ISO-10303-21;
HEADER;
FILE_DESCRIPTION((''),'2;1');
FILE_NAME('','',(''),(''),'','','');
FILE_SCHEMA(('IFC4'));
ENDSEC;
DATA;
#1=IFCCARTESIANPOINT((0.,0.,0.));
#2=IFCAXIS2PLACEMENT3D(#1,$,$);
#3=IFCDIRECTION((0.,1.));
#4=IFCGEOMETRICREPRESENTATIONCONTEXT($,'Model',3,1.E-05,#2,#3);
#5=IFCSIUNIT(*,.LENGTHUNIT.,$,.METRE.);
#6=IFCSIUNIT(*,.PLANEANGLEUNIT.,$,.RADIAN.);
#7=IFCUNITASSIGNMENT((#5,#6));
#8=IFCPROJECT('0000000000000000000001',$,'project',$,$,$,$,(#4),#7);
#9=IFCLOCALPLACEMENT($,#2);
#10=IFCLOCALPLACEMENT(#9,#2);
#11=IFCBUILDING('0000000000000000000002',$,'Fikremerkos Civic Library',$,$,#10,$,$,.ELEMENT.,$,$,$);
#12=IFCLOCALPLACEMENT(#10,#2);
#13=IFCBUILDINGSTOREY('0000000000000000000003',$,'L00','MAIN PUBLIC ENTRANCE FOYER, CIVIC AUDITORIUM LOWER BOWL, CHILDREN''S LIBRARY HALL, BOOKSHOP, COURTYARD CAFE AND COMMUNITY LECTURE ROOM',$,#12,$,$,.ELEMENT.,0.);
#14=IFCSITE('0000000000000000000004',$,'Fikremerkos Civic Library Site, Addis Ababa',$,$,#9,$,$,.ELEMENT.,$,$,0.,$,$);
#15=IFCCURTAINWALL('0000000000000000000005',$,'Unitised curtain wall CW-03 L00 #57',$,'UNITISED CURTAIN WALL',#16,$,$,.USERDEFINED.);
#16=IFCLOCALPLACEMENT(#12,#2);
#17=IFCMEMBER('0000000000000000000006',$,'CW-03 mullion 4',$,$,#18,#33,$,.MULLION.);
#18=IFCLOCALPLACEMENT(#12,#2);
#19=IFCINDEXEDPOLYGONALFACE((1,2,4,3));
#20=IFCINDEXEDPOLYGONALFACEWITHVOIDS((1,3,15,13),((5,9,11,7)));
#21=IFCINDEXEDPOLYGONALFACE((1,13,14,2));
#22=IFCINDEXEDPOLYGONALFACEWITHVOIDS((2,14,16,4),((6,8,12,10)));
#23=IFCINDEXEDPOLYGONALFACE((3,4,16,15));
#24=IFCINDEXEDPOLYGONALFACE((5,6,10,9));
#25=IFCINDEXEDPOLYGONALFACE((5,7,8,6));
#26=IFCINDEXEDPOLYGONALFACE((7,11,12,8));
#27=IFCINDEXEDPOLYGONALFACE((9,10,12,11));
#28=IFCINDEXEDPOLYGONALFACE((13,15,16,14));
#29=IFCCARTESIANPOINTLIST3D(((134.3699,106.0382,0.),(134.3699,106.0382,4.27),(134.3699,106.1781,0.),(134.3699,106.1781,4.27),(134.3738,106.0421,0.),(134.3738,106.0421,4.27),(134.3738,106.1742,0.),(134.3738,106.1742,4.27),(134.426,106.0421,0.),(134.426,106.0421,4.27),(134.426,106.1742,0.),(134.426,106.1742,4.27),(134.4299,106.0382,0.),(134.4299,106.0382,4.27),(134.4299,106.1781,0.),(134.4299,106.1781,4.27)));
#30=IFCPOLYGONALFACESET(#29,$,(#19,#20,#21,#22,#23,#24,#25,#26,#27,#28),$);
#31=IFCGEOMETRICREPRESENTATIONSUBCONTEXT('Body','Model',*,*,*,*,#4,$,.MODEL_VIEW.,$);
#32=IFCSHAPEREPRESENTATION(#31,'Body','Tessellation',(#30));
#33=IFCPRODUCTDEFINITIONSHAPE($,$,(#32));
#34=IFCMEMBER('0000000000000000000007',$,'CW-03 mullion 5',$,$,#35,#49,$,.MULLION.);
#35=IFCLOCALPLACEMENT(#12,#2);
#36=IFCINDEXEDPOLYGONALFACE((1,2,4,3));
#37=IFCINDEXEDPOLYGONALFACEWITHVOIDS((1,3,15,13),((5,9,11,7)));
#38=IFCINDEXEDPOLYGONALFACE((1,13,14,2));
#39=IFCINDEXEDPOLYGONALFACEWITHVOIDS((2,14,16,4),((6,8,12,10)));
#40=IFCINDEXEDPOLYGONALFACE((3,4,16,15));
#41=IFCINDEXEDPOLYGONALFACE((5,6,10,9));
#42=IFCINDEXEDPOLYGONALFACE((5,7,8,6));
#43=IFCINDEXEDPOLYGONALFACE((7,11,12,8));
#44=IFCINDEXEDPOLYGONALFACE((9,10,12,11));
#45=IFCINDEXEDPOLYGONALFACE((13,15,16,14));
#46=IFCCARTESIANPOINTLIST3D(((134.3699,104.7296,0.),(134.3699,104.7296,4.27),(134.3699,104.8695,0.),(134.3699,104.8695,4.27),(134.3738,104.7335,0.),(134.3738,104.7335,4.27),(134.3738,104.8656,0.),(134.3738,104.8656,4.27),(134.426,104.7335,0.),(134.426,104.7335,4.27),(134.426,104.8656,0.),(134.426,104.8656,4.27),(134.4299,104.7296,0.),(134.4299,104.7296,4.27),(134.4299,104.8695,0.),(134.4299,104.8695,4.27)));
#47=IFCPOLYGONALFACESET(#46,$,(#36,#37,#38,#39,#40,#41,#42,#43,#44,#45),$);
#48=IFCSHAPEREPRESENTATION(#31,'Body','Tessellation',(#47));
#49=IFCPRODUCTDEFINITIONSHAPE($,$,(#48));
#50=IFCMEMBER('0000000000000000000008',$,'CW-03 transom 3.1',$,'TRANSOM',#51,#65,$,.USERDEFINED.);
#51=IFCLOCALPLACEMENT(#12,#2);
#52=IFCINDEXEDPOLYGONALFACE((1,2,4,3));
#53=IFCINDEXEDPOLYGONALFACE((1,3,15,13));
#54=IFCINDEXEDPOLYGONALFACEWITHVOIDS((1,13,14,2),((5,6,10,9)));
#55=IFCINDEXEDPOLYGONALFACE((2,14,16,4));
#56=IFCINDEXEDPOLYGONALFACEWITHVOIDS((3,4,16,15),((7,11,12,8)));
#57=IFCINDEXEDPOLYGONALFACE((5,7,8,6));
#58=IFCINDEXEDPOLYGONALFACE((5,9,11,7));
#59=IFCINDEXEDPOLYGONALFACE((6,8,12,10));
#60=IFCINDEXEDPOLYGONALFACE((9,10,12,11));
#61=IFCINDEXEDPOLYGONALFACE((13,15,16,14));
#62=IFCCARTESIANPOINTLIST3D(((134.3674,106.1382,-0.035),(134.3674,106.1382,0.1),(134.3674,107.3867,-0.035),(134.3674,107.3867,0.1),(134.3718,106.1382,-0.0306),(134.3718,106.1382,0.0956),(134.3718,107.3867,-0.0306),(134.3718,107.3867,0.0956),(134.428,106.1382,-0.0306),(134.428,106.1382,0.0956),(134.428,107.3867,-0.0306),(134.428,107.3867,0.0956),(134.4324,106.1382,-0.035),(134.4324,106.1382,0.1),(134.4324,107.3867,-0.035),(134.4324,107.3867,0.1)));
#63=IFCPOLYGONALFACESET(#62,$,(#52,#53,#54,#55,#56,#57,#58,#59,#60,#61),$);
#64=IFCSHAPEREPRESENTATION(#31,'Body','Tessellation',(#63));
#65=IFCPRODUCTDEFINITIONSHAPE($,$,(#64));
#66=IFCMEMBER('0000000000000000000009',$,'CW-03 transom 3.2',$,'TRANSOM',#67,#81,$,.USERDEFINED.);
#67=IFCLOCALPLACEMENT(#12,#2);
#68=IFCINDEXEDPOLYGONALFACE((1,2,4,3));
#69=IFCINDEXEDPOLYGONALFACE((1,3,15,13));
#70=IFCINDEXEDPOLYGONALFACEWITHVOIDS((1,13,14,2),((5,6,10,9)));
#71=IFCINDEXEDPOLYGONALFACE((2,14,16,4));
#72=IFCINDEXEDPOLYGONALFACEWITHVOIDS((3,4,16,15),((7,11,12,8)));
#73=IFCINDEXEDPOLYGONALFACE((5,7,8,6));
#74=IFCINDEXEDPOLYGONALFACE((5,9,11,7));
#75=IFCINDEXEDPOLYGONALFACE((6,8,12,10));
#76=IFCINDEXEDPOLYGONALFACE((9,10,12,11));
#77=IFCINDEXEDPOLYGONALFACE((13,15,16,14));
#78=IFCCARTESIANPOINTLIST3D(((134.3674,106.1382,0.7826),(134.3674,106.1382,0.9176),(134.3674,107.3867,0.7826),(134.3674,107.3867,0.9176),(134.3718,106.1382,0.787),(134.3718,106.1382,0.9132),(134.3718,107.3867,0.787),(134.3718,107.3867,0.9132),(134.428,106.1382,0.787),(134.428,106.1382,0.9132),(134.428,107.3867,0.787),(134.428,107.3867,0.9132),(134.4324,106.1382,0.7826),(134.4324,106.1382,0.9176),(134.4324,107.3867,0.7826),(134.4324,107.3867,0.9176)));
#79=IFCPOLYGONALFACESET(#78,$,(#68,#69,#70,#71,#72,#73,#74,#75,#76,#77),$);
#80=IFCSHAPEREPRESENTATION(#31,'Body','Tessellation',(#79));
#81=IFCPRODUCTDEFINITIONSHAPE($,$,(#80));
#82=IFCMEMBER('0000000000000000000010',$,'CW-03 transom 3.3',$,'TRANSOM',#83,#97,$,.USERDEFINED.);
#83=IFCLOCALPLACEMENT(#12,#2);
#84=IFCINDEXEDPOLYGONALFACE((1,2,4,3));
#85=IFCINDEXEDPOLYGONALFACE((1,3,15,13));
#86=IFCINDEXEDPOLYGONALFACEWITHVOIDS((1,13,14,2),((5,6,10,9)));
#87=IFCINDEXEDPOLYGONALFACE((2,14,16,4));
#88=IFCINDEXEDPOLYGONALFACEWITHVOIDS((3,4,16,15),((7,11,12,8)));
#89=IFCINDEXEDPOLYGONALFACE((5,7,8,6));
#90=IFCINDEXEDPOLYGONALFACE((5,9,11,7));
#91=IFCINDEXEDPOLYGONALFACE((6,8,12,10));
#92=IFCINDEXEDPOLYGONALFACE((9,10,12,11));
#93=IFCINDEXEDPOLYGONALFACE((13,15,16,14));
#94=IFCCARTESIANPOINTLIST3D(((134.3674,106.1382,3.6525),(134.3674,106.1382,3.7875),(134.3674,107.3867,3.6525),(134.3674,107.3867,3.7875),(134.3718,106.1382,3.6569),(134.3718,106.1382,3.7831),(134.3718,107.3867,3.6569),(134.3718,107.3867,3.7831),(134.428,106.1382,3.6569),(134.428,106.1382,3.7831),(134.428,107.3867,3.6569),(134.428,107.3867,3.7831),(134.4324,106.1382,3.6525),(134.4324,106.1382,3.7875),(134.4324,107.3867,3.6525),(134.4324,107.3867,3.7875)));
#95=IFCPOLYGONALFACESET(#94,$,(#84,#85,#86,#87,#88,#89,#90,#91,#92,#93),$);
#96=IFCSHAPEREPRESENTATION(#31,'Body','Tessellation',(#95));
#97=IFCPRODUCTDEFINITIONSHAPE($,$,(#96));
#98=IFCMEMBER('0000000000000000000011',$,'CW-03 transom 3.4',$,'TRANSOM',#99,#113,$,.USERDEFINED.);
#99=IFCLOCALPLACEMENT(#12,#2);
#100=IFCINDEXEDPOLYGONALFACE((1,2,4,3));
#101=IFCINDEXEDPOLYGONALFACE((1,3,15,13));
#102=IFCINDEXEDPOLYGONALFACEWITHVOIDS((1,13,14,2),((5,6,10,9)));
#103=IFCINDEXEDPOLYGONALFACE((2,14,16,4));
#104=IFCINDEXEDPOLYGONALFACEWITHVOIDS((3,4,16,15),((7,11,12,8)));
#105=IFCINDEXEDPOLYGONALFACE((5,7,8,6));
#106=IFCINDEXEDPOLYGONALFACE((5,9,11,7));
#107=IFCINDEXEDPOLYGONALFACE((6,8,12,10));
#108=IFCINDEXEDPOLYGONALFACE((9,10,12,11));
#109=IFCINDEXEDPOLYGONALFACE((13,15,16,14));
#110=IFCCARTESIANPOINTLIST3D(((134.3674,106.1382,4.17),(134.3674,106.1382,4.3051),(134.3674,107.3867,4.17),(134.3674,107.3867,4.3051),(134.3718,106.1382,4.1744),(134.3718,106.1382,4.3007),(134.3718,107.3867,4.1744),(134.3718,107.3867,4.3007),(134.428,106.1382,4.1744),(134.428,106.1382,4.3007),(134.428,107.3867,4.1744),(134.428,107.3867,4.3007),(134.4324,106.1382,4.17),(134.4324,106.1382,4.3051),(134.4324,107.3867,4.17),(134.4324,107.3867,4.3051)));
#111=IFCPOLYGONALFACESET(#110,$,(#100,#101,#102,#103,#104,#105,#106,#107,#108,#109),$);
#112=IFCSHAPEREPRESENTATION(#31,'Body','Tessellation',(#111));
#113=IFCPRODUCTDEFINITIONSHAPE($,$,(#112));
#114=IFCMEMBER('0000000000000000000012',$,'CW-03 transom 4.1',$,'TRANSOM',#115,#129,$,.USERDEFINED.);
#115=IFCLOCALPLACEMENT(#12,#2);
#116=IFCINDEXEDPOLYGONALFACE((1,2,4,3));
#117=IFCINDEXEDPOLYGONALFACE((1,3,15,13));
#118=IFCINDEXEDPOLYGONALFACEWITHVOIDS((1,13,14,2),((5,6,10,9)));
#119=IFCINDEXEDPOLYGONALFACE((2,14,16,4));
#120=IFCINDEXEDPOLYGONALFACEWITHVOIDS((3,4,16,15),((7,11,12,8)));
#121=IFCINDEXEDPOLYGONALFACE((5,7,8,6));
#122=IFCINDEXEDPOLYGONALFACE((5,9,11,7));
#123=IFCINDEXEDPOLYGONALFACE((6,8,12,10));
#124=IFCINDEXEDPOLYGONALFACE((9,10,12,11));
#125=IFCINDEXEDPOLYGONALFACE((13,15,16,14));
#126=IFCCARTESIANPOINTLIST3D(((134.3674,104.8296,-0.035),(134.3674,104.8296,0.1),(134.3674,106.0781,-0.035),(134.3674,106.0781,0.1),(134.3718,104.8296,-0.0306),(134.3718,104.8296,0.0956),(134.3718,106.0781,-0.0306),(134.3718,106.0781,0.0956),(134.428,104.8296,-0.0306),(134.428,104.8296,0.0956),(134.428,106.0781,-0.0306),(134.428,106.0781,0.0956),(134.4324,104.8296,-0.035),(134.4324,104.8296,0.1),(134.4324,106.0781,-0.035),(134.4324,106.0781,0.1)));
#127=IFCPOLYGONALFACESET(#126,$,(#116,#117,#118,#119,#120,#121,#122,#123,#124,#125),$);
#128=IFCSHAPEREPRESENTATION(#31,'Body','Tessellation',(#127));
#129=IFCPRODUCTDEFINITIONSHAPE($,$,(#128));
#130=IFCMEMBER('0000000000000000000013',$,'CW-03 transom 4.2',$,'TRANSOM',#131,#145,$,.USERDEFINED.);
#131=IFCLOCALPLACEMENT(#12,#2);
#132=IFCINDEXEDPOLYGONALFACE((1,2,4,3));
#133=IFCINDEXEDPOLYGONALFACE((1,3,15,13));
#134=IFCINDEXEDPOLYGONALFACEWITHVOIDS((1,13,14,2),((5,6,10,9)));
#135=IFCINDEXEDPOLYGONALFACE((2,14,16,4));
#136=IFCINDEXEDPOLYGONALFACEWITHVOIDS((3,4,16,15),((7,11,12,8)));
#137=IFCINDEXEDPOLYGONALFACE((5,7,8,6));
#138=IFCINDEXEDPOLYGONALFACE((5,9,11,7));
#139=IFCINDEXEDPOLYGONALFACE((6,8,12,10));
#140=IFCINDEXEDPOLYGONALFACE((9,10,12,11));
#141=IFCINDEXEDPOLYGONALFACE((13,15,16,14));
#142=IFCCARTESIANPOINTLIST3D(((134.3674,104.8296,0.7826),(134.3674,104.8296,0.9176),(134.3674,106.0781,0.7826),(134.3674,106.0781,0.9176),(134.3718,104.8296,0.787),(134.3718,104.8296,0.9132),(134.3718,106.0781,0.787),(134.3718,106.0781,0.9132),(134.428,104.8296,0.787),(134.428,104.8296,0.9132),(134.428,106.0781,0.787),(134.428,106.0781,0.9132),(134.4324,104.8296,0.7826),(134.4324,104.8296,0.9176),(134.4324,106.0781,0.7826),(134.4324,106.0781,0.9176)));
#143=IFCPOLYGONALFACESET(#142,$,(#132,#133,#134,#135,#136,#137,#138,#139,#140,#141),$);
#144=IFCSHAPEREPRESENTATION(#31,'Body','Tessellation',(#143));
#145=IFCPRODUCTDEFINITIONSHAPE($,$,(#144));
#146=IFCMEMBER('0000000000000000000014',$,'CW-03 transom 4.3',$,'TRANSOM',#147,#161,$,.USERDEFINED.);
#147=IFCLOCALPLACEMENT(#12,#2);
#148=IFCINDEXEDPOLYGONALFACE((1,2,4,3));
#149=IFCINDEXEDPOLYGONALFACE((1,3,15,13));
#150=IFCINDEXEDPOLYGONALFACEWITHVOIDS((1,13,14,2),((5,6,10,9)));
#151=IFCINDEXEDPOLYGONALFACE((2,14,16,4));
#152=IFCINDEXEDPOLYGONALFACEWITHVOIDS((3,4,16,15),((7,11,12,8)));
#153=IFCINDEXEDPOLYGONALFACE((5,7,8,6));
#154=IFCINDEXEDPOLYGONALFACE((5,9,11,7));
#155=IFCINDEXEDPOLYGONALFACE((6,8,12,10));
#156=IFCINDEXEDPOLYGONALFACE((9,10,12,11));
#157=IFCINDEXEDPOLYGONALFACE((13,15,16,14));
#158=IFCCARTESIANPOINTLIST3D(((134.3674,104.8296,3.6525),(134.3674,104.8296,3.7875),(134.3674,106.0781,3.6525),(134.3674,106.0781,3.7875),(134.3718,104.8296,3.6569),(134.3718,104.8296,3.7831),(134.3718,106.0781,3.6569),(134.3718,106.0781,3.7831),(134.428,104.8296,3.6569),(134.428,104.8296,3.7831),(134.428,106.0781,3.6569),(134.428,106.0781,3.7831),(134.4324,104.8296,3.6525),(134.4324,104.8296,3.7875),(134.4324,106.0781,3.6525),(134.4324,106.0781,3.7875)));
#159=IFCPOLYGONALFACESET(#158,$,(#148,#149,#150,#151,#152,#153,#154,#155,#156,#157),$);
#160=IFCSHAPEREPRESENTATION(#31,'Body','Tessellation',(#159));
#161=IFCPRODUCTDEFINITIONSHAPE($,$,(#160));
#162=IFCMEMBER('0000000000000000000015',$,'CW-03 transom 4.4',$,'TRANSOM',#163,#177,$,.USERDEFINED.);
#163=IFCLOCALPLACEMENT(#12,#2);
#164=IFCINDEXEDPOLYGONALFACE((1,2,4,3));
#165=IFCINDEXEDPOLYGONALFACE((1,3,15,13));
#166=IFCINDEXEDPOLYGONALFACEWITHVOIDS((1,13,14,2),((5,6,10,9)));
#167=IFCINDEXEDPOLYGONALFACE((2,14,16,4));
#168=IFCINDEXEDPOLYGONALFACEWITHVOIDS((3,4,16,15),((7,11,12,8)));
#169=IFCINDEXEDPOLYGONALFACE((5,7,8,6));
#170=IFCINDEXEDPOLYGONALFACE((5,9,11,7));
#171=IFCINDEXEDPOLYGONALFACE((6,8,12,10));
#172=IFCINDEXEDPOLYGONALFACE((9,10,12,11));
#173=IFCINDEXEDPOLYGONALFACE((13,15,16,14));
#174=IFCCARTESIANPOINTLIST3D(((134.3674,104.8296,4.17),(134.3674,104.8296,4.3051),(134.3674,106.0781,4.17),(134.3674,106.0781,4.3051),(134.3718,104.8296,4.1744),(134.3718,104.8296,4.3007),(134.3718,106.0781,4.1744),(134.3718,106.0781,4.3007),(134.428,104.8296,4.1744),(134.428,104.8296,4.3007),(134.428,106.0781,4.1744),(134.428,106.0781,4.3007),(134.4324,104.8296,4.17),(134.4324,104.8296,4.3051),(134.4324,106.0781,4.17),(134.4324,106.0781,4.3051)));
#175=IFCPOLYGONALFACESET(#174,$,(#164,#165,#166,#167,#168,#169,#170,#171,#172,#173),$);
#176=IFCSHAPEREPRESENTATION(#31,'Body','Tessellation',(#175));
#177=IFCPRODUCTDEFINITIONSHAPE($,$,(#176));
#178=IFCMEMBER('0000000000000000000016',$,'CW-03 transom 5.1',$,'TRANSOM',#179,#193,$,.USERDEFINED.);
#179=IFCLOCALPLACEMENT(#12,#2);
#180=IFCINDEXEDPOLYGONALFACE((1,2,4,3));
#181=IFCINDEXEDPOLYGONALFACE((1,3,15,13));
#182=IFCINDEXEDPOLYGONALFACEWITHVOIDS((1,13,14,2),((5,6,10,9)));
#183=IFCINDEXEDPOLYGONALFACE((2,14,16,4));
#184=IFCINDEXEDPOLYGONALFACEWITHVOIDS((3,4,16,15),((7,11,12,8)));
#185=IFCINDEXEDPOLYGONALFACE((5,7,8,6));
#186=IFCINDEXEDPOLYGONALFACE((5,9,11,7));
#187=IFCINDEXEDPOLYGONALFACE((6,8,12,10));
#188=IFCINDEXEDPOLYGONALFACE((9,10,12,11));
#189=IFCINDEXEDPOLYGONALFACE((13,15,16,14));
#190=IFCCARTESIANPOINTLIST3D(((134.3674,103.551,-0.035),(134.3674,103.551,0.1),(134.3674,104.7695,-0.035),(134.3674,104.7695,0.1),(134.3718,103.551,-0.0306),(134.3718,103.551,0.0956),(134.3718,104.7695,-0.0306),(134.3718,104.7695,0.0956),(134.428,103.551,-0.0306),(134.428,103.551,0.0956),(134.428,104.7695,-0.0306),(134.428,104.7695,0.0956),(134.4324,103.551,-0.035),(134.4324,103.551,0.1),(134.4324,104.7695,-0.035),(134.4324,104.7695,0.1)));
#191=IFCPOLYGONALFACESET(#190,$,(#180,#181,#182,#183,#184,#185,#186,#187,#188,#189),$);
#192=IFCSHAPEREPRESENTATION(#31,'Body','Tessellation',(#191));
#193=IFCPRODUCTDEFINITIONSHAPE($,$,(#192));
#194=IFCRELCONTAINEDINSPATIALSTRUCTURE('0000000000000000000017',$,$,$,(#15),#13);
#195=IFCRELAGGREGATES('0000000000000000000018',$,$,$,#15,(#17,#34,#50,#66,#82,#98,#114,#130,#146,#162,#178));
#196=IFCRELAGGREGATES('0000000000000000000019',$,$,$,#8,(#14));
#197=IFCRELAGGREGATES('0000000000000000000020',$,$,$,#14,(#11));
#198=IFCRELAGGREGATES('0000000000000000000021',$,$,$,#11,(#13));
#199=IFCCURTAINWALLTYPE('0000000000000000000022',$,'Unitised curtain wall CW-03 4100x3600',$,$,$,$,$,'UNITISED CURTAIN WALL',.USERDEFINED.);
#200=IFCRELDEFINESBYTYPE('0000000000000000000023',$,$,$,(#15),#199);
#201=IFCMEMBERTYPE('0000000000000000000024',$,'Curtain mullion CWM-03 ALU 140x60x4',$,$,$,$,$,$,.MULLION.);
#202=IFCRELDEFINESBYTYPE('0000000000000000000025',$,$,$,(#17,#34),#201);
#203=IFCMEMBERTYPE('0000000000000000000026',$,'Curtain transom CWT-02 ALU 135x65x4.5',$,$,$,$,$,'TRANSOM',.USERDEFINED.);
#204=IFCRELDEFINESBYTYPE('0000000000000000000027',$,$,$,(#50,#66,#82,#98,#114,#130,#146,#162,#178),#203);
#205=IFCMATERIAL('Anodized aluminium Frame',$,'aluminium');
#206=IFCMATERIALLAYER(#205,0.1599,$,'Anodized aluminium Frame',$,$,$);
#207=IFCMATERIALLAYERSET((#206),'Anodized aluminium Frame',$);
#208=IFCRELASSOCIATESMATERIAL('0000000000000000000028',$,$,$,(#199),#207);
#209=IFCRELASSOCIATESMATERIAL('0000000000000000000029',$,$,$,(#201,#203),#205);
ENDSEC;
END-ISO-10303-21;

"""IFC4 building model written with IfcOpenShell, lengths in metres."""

from ifc_helpers import new_model, si_unit, direction, frame, origin, origin_2d, place, context, subcontext, project, spatial, hollow_rectangle, extrude, material, layer, layer_set, material_profile, profile_set, type_object, element, aggregate, save


model = new_model("IFC4")

# Units and contexts
model_context = context("Model", 3, precision=1e-05, world=origin(), true_north=direction((0.0, 1.0)))
body_context = subcontext(model_context, "Body", "Model", "MODEL_VIEW")
ifc_project = project(units=[si_unit("LENGTHUNIT", "METRE"), si_unit("PLANEANGLEUNIT", "RADIAN")], contexts=[model_context])

# Site, building, storey
site_placement = place(None, origin())
site = spatial("IfcSite", under=ifc_project, at=site_placement, Name="Fikremerkos Civic Library Site, Addis Ababa", CompositionType="ELEMENT", RefElevation=0.0)
building_placement = place(site_placement, origin())
building = spatial("IfcBuilding", under=site, at=building_placement, Name="Fikremerkos Civic Library", CompositionType="ELEMENT")
storey_placement = place(building_placement, origin())
storey = spatial("IfcBuildingStorey", under=building, at=storey_placement, Name="L00", Description="MAIN PUBLIC ENTRANCE FOYER, CIVIC AUDITORIUM LOWER BOWL, CHILDREN'S LIBRARY HALL, BOOKSHOP, COURTYARD CAFE AND COMMUNITY LECTURE ROOM", CompositionType="ELEMENT", Elevation=0.0)

# Curtain wall, members
ifc_material_1 = material(Name="Anodized aluminium Frame", Category="aluminium")
ifc_layer_1 = layer(ifc_material_1, 0.1599, Name="Anodized aluminium Frame")
ifc_layer_set_1 = layer_set([ifc_layer_1], Name="Anodized aluminium Frame")
curtain_wall_type = type_object("IfcCurtainWallType", Name="Unitised curtain wall CW-03 4100x3600", ElementType="UNITISED CURTAIN WALL", PredefinedType="USERDEFINED", material=ifc_layer_set_1)
curtain_wall_placement = place(storey_placement, origin())
curtain_wall = element("IfcCurtainWall", 1, at=curtain_wall_placement, inside=storey, type_object=curtain_wall_type, Name="Unitised curtain wall CW-03 L00 #57", ObjectType="UNITISED CURTAIN WALL", PredefinedType="USERDEFINED")
ifc_material_profile_1 = material_profile(ifc_material_1, hollow_rectangle(XDim=0.0601, YDim=0.1399, WallThickness=0.0039, at=origin_2d()), Name="ALU 140x60x4")
ifc_profile_set_1 = profile_set([ifc_material_profile_1], Name="Anodized aluminium Frame")
member_type_1 = type_object("IfcMemberType", Name="Curtain mullion CWM-03 ALU 140x60x4", PredefinedType="MULLION", material=ifc_profile_set_1)
member_1_placement = place(storey_placement, frame((134.3999, 106.1082, 0.0), z_axis=(0.0, 0.0, 1.0), x_axis=(1.0, 0.0, 0.0)))
member_1 = element("IfcMember", 2, at=member_1_placement, type_object=member_type_1, Name="CW-03 mullion 4", PredefinedType="MULLION", context=body_context, shape_type="SweptSolid", body=[
    extrude(hollow_rectangle(XDim=0.0601, YDim=0.1399, WallThickness=0.0039, at=origin_2d()), origin(), (0.0, 0.0, 1.0), 4.27),
])
member_2_placement = place(storey_placement, frame((134.3999, 104.7996, 0.0), z_axis=(0.0, 0.0, 1.0), x_axis=(1.0, 0.0, 0.0)))
member_2 = element("IfcMember", 3, at=member_2_placement, type_object=member_type_1, Name="CW-03 mullion 5", PredefinedType="MULLION", context=body_context, shape_type="SweptSolid", body=[
    extrude(hollow_rectangle(XDim=0.0601, YDim=0.1399, WallThickness=0.0039, at=origin_2d()), origin(), (0.0, 0.0, 1.0), 4.27),
])
ifc_material_profile_2 = material_profile(ifc_material_1, hollow_rectangle(XDim=0.0649, YDim=0.135, WallThickness=0.0044, at=origin_2d()), Name="ALU 135x65x4.5")
ifc_profile_set_2 = profile_set([ifc_material_profile_2], Name="Anodized aluminium Frame")
member_type_2 = type_object("IfcMemberType", Name="Curtain transom CWT-02 ALU 135x65x4.5", ElementType="TRANSOM", PredefinedType="USERDEFINED", material=ifc_profile_set_2)
member_3_placement = place(storey_placement, frame((134.3999, 107.3867, 0.0325), z_axis=(0.0, -1.0, 0.0), x_axis=(1.0, 0.0, 0.0)))
member_3 = element("IfcMember", 4, at=member_3_placement, type_object=member_type_2, Name="CW-03 transom 3.1", ObjectType="TRANSOM", PredefinedType="USERDEFINED", context=body_context, shape_type="SweptSolid", body=[
    extrude(hollow_rectangle(XDim=0.0649, YDim=0.135, WallThickness=0.0044, at=origin_2d()), origin(), (0.0, 0.0, 1.0), 1.2485),
])
member_4_placement = place(storey_placement, frame((134.3999, 107.3867, 0.8501), z_axis=(0.0, -1.0, 0.0), x_axis=(1.0, 0.0, 0.0)))
member_4 = element("IfcMember", 5, at=member_4_placement, type_object=member_type_2, Name="CW-03 transom 3.2", ObjectType="TRANSOM", PredefinedType="USERDEFINED", context=body_context, shape_type="SweptSolid", body=[
    extrude(hollow_rectangle(XDim=0.0649, YDim=0.135, WallThickness=0.0044, at=origin_2d()), origin(), (0.0, 0.0, 1.0), 1.2485),
])
member_5_placement = place(storey_placement, frame((134.3999, 107.3867, 3.72), z_axis=(0.0, -1.0, 0.0), x_axis=(1.0, 0.0, 0.0)))
member_5 = element("IfcMember", 6, at=member_5_placement, type_object=member_type_2, Name="CW-03 transom 3.3", ObjectType="TRANSOM", PredefinedType="USERDEFINED", context=body_context, shape_type="SweptSolid", body=[
    extrude(hollow_rectangle(XDim=0.0649, YDim=0.135, WallThickness=0.0044, at=origin_2d()), origin(), (0.0, 0.0, 1.0), 1.2485),
])
member_6_placement = place(storey_placement, frame((134.3999, 107.3867, 4.2375), z_axis=(0.0, -1.0, 0.0), x_axis=(1.0, 0.0, 0.0)))
member_6 = element("IfcMember", 7, at=member_6_placement, type_object=member_type_2, Name="CW-03 transom 3.4", ObjectType="TRANSOM", PredefinedType="USERDEFINED", context=body_context, shape_type="SweptSolid", body=[
    extrude(hollow_rectangle(XDim=0.0649, YDim=0.135, WallThickness=0.0044, at=origin_2d()), origin(), (0.0, 0.0, 1.0), 1.2485),
])
member_7_placement = place(storey_placement, frame((134.3999, 106.0781, 0.0325), z_axis=(0.0, -1.0, 0.0), x_axis=(1.0, 0.0, 0.0)))
member_7 = element("IfcMember", 8, at=member_7_placement, type_object=member_type_2, Name="CW-03 transom 4.1", ObjectType="TRANSOM", PredefinedType="USERDEFINED", context=body_context, shape_type="SweptSolid", body=[
    extrude(hollow_rectangle(XDim=0.0649, YDim=0.135, WallThickness=0.0044, at=origin_2d()), origin(), (0.0, 0.0, 1.0), 1.2485),
])
member_8_placement = place(storey_placement, frame((134.3999, 106.0781, 0.8501), z_axis=(0.0, -1.0, 0.0), x_axis=(1.0, 0.0, 0.0)))
member_8 = element("IfcMember", 9, at=member_8_placement, type_object=member_type_2, Name="CW-03 transom 4.2", ObjectType="TRANSOM", PredefinedType="USERDEFINED", context=body_context, shape_type="SweptSolid", body=[
    extrude(hollow_rectangle(XDim=0.0649, YDim=0.135, WallThickness=0.0044, at=origin_2d()), origin(), (0.0, 0.0, 1.0), 1.2485),
])
member_9_placement = place(storey_placement, frame((134.3999, 106.0781, 3.72), z_axis=(0.0, -1.0, 0.0), x_axis=(1.0, 0.0, 0.0)))
member_9 = element("IfcMember", 10, at=member_9_placement, type_object=member_type_2, Name="CW-03 transom 4.3", ObjectType="TRANSOM", PredefinedType="USERDEFINED", context=body_context, shape_type="SweptSolid", body=[
    extrude(hollow_rectangle(XDim=0.0649, YDim=0.135, WallThickness=0.0044, at=origin_2d()), origin(), (0.0, 0.0, 1.0), 1.2485),
])
member_10_placement = place(storey_placement, frame((134.3999, 106.0781, 4.2375), z_axis=(0.0, -1.0, 0.0), x_axis=(1.0, 0.0, 0.0)))
member_10 = element("IfcMember", 11, at=member_10_placement, type_object=member_type_2, Name="CW-03 transom 4.4", ObjectType="TRANSOM", PredefinedType="USERDEFINED", context=body_context, shape_type="SweptSolid", body=[
    extrude(hollow_rectangle(XDim=0.0649, YDim=0.135, WallThickness=0.0044, at=origin_2d()), origin(), (0.0, 0.0, 1.0), 1.2485),
])
member_11_placement = place(storey_placement, frame((134.3999, 104.7695, 0.0325), z_axis=(0.0, -1.0, 0.0), x_axis=(1.0, 0.0, 0.0)))
member_11 = element("IfcMember", 12, at=member_11_placement, type_object=member_type_2, Name="CW-03 transom 5.1", ObjectType="TRANSOM", PredefinedType="USERDEFINED", context=body_context, shape_type="SweptSolid", body=[
    extrude(hollow_rectangle(XDim=0.0649, YDim=0.135, WallThickness=0.0044, at=origin_2d()), origin(), (0.0, 0.0, 1.0), 1.2185),
])
aggregate(curtain_wall, [member_1, member_2, member_3, member_4, member_5, member_6, member_7, member_8, member_9, member_10, member_11])

save(model, "model.ifc")
